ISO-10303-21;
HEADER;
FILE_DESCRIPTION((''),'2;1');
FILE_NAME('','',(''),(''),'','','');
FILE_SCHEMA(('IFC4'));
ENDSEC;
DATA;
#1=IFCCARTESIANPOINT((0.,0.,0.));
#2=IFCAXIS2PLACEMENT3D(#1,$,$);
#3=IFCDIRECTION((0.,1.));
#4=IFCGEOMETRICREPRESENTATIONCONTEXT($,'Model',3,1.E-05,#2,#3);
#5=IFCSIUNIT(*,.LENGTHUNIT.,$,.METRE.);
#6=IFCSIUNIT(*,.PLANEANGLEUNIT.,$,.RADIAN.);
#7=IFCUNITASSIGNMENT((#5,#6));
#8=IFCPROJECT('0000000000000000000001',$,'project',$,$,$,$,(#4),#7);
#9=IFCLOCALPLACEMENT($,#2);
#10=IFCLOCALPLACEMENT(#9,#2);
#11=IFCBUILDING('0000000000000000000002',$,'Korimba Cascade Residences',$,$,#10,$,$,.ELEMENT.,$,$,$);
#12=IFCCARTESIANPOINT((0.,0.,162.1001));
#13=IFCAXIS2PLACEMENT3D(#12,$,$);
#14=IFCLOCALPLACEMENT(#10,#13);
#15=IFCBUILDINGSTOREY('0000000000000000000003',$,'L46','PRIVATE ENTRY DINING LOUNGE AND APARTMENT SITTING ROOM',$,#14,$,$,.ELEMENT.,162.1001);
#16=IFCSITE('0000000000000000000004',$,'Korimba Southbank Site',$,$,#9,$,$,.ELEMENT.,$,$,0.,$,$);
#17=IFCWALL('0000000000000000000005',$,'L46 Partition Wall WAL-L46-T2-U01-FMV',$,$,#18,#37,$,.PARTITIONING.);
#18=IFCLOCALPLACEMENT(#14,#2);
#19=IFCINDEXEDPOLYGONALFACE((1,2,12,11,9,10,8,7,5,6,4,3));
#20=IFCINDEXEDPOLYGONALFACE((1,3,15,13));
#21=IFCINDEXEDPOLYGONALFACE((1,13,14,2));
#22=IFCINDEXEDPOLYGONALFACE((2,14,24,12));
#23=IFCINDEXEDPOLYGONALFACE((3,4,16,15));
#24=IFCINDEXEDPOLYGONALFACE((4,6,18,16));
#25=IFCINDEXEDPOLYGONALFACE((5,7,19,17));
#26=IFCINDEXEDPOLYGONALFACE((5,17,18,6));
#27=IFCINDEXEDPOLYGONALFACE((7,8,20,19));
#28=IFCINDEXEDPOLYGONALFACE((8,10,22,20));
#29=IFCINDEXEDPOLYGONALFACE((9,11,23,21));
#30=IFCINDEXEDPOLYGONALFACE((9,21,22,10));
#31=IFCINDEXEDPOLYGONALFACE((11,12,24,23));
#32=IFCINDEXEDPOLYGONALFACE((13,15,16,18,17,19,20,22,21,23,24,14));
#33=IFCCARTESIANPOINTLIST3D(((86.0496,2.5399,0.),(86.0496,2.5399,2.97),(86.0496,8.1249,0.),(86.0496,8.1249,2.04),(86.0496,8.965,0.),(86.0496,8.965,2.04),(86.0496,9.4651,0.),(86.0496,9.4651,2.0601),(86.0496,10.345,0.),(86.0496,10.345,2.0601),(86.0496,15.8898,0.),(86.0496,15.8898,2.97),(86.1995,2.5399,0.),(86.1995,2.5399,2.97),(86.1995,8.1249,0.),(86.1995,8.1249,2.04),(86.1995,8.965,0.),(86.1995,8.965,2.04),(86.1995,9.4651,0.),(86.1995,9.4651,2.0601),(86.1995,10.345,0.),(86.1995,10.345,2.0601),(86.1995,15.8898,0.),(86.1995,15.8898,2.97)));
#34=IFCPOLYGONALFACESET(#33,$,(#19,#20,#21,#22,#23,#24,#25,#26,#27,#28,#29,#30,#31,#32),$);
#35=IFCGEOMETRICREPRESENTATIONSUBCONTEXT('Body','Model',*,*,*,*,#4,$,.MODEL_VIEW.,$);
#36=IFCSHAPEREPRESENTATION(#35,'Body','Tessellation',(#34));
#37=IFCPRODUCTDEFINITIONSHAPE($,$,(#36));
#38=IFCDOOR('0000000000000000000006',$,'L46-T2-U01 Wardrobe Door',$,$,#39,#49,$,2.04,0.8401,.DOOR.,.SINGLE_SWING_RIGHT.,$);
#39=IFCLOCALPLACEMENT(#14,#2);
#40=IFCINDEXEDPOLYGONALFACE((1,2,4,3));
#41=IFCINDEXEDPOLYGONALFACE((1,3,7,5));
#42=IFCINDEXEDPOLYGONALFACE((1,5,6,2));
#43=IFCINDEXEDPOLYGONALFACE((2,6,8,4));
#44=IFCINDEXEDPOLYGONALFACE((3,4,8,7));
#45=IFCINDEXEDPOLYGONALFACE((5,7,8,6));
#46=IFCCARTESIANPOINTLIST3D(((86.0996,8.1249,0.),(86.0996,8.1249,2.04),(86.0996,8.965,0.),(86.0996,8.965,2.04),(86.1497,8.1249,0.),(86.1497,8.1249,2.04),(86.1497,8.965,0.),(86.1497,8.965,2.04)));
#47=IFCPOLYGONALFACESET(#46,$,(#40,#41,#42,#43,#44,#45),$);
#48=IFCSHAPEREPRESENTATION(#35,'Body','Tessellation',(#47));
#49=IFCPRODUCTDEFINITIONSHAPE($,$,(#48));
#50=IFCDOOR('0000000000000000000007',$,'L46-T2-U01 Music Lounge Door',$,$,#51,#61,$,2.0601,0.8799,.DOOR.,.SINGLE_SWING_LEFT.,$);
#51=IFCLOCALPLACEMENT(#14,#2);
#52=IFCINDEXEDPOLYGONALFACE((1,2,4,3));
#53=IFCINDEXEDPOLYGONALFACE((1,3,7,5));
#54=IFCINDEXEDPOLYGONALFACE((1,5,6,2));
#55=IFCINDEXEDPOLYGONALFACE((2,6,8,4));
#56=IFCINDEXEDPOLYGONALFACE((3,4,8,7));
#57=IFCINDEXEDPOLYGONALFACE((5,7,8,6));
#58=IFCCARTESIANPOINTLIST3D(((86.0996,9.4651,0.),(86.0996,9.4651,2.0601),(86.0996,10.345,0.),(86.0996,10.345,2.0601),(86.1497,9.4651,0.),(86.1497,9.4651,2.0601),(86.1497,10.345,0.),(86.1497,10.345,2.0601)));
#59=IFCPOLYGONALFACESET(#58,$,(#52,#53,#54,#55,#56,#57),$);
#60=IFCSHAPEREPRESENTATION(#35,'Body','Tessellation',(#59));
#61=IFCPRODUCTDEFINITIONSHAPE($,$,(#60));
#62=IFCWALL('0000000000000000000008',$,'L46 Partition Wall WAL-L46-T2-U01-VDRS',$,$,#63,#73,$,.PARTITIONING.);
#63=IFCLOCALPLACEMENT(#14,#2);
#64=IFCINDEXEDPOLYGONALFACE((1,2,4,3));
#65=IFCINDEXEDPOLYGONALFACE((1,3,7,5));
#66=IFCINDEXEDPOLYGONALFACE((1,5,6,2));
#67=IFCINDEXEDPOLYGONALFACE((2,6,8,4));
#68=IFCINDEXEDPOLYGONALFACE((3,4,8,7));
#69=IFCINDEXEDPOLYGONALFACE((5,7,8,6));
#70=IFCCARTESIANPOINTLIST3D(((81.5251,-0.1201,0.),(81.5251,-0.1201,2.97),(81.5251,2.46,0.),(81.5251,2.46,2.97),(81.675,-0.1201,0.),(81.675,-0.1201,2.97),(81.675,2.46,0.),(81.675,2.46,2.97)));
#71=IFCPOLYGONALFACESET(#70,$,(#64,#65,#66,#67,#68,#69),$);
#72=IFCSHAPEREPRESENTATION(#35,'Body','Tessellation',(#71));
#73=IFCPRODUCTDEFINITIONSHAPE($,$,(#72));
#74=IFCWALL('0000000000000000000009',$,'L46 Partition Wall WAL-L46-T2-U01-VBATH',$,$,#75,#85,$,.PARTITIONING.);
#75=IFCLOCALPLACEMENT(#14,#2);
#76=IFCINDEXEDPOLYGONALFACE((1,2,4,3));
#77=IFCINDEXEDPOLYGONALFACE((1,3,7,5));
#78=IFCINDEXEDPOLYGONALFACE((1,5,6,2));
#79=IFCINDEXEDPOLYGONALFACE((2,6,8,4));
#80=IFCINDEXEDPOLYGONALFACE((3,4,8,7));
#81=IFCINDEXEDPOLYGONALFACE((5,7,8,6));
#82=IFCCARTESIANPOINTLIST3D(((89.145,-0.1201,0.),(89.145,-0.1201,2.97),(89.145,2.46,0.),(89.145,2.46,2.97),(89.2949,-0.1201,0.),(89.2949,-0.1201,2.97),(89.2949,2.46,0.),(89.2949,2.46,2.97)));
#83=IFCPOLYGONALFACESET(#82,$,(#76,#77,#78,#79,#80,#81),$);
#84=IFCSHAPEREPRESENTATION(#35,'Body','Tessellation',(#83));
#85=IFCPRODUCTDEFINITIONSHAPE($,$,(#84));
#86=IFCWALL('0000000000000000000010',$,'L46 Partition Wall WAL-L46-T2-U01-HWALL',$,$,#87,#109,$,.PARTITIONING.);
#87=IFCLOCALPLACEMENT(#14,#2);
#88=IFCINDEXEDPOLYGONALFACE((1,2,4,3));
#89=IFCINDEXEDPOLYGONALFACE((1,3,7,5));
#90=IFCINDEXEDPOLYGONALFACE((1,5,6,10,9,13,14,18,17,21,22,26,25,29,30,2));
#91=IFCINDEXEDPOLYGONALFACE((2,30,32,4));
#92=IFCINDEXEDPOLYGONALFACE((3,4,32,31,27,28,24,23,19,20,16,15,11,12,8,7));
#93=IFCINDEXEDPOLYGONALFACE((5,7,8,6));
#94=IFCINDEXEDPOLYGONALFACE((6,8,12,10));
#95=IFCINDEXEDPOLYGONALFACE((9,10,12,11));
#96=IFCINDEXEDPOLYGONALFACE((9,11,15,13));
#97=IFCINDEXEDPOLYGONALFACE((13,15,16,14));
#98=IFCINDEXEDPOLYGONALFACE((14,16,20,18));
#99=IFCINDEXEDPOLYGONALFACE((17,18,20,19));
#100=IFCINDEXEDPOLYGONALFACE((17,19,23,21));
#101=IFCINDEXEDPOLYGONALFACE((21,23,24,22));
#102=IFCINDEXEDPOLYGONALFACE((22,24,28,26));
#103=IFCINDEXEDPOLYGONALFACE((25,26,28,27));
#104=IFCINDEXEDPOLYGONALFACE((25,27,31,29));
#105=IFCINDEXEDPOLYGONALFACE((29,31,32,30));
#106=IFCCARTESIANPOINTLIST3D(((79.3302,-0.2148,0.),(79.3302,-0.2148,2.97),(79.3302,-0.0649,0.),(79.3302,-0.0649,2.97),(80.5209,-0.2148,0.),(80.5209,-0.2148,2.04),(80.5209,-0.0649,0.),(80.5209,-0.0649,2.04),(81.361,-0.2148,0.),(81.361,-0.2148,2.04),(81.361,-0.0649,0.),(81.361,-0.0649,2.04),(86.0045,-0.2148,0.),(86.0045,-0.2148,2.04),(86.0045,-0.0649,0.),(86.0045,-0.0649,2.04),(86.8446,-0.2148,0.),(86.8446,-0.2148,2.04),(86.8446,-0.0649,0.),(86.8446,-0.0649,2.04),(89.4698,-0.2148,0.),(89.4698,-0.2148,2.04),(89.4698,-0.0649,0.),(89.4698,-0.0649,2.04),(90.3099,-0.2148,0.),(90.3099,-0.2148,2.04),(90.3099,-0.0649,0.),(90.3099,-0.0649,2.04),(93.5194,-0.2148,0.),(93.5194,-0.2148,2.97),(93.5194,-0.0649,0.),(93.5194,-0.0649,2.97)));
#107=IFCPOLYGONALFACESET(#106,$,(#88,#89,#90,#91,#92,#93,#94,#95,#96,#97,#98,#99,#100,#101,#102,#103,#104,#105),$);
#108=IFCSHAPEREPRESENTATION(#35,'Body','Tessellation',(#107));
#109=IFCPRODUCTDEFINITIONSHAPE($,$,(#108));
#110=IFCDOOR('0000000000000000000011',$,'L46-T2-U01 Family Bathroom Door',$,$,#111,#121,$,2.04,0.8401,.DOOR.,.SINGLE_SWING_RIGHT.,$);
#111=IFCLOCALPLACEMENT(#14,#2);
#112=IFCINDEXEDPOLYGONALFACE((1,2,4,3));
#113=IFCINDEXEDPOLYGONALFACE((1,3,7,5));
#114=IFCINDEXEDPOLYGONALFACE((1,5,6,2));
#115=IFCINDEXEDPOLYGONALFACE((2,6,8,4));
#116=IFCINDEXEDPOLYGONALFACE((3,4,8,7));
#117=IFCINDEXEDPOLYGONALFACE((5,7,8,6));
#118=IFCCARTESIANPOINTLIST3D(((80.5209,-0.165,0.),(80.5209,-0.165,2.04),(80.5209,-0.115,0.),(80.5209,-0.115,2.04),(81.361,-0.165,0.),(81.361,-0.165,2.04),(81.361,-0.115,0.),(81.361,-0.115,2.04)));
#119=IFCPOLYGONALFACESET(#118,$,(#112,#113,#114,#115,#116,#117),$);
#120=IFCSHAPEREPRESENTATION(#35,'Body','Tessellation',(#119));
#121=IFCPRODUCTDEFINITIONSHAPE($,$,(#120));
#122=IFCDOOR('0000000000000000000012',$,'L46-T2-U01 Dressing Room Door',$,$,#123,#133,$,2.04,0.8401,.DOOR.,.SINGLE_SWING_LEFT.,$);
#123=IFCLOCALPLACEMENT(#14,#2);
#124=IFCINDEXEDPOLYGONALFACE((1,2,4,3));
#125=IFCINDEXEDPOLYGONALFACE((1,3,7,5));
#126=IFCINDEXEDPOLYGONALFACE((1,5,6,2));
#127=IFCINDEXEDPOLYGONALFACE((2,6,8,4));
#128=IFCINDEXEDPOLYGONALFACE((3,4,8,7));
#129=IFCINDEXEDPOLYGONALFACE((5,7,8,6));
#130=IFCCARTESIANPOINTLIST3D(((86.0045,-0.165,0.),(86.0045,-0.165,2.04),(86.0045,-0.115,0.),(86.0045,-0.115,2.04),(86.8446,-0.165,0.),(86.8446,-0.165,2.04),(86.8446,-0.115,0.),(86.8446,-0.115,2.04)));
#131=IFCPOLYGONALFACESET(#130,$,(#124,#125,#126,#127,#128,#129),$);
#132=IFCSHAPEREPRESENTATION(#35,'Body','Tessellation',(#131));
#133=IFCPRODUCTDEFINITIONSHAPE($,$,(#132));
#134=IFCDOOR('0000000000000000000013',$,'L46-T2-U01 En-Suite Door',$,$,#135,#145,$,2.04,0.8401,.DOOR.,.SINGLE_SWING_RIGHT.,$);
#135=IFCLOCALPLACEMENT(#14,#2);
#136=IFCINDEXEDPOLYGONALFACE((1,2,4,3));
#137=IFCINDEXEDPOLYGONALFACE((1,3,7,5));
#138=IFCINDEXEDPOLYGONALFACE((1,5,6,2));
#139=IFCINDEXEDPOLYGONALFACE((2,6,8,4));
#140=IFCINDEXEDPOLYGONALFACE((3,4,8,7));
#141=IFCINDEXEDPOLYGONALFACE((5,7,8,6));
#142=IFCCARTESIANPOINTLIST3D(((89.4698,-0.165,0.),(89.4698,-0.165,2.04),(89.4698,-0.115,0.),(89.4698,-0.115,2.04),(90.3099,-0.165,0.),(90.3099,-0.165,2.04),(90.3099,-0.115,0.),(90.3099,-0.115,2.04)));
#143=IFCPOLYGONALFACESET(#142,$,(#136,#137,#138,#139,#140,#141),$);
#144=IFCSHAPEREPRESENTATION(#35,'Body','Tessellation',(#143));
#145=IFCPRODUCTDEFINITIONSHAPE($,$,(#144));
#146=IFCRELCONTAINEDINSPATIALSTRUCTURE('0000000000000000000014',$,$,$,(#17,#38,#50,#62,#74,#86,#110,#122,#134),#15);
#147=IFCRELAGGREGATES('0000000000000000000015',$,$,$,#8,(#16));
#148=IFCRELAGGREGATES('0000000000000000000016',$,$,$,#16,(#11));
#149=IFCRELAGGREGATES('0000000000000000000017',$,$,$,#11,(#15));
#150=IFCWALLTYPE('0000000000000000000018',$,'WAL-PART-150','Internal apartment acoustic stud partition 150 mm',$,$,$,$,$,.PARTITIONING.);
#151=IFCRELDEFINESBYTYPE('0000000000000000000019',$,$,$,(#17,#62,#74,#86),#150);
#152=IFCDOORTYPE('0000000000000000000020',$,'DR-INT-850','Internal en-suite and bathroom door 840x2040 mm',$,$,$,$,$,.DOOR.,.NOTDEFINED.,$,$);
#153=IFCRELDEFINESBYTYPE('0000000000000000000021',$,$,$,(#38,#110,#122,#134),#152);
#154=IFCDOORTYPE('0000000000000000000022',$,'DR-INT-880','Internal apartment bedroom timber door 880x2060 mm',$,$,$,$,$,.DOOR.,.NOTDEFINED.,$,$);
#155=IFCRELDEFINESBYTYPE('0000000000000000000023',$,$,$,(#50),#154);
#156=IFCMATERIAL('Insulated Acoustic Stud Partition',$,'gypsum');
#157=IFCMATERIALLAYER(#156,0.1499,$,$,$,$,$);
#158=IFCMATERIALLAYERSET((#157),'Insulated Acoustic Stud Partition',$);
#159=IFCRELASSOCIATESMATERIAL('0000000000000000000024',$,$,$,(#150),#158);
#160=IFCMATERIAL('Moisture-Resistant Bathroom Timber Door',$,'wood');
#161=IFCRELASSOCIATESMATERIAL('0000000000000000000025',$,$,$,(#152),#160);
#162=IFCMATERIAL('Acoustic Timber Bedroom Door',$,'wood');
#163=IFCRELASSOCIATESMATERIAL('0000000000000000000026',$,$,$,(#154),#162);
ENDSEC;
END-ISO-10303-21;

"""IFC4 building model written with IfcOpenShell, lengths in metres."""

from ifc_helpers import new_model, si_unit, direction, frame, frame_2d, origin, place, context, subcontext, project, spatial, rectangle, extrude, material, layer, layer_set, type_object, element, fill, save


model = new_model("IFC4")

# Units and contexts
model_context = context("Model", 3, precision=1e-05, world=origin(), true_north=direction((0.0, 1.0)))
body_context = subcontext(model_context, "Body", "Model", "MODEL_VIEW")
ifc_project = project(units=[si_unit("LENGTHUNIT", "METRE"), si_unit("PLANEANGLEUNIT", "RADIAN")], contexts=[model_context])

# Site, building, storey
site_placement = place(None, origin())
site = spatial("IfcSite", under=ifc_project, at=site_placement, Name="Korimba Southbank Site", CompositionType="ELEMENT", RefElevation=0.0)
building_placement = place(site_placement, origin())
building = spatial("IfcBuilding", under=site, at=building_placement, Name="Korimba Cascade Residences", CompositionType="ELEMENT")
storey_placement = place(building_placement, frame((0.0, 0.0, 162.1001)))
storey = spatial("IfcBuildingStorey", under=building, at=storey_placement, Name="L46", Description="PRIVATE ENTRY DINING LOUNGE AND APARTMENT SITTING ROOM", CompositionType="ELEMENT", Elevation=162.1001)

# Wall, openings, doors
ifc_material_1 = material(Name="Insulated Acoustic Stud Partition", Category="gypsum")
ifc_layer_1 = layer(ifc_material_1, 0.1499)
ifc_layer_set_1 = layer_set([ifc_layer_1], Name="Insulated Acoustic Stud Partition")
wall_type_1 = type_object("IfcWallType", Name="WAL-PART-150", Description="Internal apartment acoustic stud partition 150 mm", PredefinedType="PARTITIONING", material=ifc_layer_set_1)
wall_1_placement = place(storey_placement, frame((86.1245, 2.54, 0.0), z_axis=(0.0, 0.0, 1.0), x_axis=(0.0, 1.0, 0.0)))
wall_1 = element("IfcWall", 1, at=wall_1_placement, inside=storey, type_object=wall_type_1, Name="L46 Partition Wall WAL-L46-T2-U01-FMV", PredefinedType="PARTITIONING", context=body_context, shape_type="SweptSolid", body=[
    extrude(rectangle(XDim=13.3499, YDim=0.1499, at=frame_2d((6.6748, 0.0))), origin(), (0.0, 0.0, 1.0), 2.97),
])
opening_1_placement = place(wall_1_placement, frame((5.585, 0.0, 0.0)))
opening_1 = element("IfcOpeningElement", 2, at=opening_1_placement, cuts=wall_1, PredefinedType="OPENING", context=body_context, shape_type="SweptSolid", body=[
    extrude(rectangle(XDim=0.8401, YDim=2.04, at=frame_2d((0.4199, 1.02))), frame((0.0, 0.085, 0.0), z_axis=(0.0, -1.0, 0.0), x_axis=(1.0, 0.0, 0.0)), (0.0, 0.0, 1.0), 0.1699),
])
opening_2_placement = place(wall_1_placement, frame((6.925, 0.0, 0.0)))
opening_2 = element("IfcOpeningElement", 3, at=opening_2_placement, cuts=wall_1, PredefinedType="OPENING", context=body_context, shape_type="SweptSolid", body=[
    extrude(rectangle(XDim=0.8799, YDim=2.0601, at=frame_2d((0.4399, 1.03))), frame((0.0, 0.085, 0.0), z_axis=(0.0, -1.0, 0.0), x_axis=(1.0, 0.0, 0.0)), (0.0, 0.0, 1.0), 0.1699),
])
ifc_material_2 = material(Name="Moisture-Resistant Bathroom Timber Door", Category="wood")
door_type_1 = type_object("IfcDoorType", Name="DR-INT-850", Description="Internal en-suite and bathroom door 840x2040 mm", OperationType="NOTDEFINED", PredefinedType="DOOR", material=ifc_material_2)
door_1_placement = place(opening_1_placement, origin())
door_1 = element("IfcDoor", 4, at=door_1_placement, inside=storey, type_object=door_type_1, Name="L46-T2-U01 Wardrobe Door", OperationType="SINGLE_SWING_RIGHT", OverallHeight=2.04, OverallWidth=0.8401, PredefinedType="DOOR", context=body_context, shape_type="SweptSolid", body=[
    extrude(rectangle(XDim=0.8401, YDim=2.04, at=frame_2d((0.4199, 1.02))), frame((0.0, 0.0249, 0.0), z_axis=(0.0, -1.0, 0.0), x_axis=(1.0, 0.0, 0.0)), (0.0, 0.0, 1.0), 0.05),
])
fill(opening_1, door_1)
ifc_material_3 = material(Name="Acoustic Timber Bedroom Door", Category="wood")
door_type_2 = type_object("IfcDoorType", Name="DR-INT-880", Description="Internal apartment bedroom timber door 880x2060 mm", OperationType="NOTDEFINED", PredefinedType="DOOR", material=ifc_material_3)
door_2_placement = place(opening_2_placement, origin())
door_2 = element("IfcDoor", 5, at=door_2_placement, inside=storey, type_object=door_type_2, Name="L46-T2-U01 Music Lounge Door", OperationType="SINGLE_SWING_LEFT", OverallHeight=2.0601, OverallWidth=0.8799, PredefinedType="DOOR", context=body_context, shape_type="SweptSolid", body=[
    extrude(rectangle(XDim=0.8799, YDim=2.0601, at=frame_2d((0.4399, 1.03))), frame((0.0, 0.0249, 0.0), z_axis=(0.0, -1.0, 0.0), x_axis=(1.0, 0.0, 0.0)), (0.0, 0.0, 1.0), 0.05),
])
fill(opening_2, door_2)

# Walls
for number, where, z_axis, x_axis, name in (
    (6, (81.6001, -0.1201, 0.0), (0.0, 0.0, 1.0), (0.0, 1.0, 0.0), "L46 Partition Wall WAL-L46-T2-U01-VDRS"),
    (7, (89.22, -0.1201, 0.0), (0.0, 0.0, 1.0), (0.0, 1.0, 0.0), "L46 Partition Wall WAL-L46-T2-U01-VBATH"),
):
    element("IfcWall", number, at=place(storey_placement, frame(where, z_axis=z_axis, x_axis=x_axis)), inside=storey, type_object=wall_type_1, Name=name, PredefinedType="PARTITIONING", context=body_context, shape_type="SweptSolid", body=[
        extrude(rectangle(XDim=2.5801, YDim=0.1499, at=frame_2d((1.29, 0.0))), origin(), (0.0, 0.0, 1.0), 2.97),
    ])

# Wall, openings, doors
wall_2_placement = place(storey_placement, frame((79.3301, -0.1399, 0.0), z_axis=(0.0, 0.0, 1.0), x_axis=(1.0, 0.0, 0.0)))
wall_2 = element("IfcWall", 8, at=wall_2_placement, inside=storey, type_object=wall_type_1, Name="L46 Partition Wall WAL-L46-T2-U01-HWALL", PredefinedType="PARTITIONING", context=body_context, shape_type="SweptSolid", body=[
    extrude(rectangle(XDim=14.1892, YDim=0.1499, at=frame_2d((7.0947, 0.0))), origin(), (0.0, 0.0, 1.0), 2.97),
])
opening_3_placement = place(wall_2_placement, frame((1.1909, 0.0, 0.0)))
opening_3 = element("IfcOpeningElement", 9, at=opening_3_placement, cuts=wall_2, PredefinedType="OPENING", context=body_context, shape_type="SweptSolid", body=[
    extrude(rectangle(XDim=0.8401, YDim=2.04, at=frame_2d((0.4199, 1.02))), frame((0.0, 0.085, 0.0), z_axis=(0.0, -1.0, 0.0), x_axis=(1.0, 0.0, 0.0)), (0.0, 0.0, 1.0), 0.1699),
])
opening_4_placement = place(wall_2_placement, frame((6.6746, 0.0, 0.0)))
opening_4 = element("IfcOpeningElement", 10, at=opening_4_placement, cuts=wall_2, PredefinedType="OPENING", context=body_context, shape_type="SweptSolid", body=[
    extrude(rectangle(XDim=0.8401, YDim=2.04, at=frame_2d((0.4199, 1.02))), frame((0.0, 0.085, 0.0), z_axis=(0.0, -1.0, 0.0), x_axis=(1.0, 0.0, 0.0)), (0.0, 0.0, 1.0), 0.1699),
])
opening_5_placement = place(wall_2_placement, frame((10.1399, 0.0, 0.0)))
opening_5 = element("IfcOpeningElement", 11, at=opening_5_placement, cuts=wall_2, PredefinedType="OPENING", context=body_context, shape_type="SweptSolid", body=[
    extrude(rectangle(XDim=0.8401, YDim=2.04, at=frame_2d((0.4199, 1.02))), frame((0.0, 0.085, 0.0), z_axis=(0.0, -1.0, 0.0), x_axis=(1.0, 0.0, 0.0)), (0.0, 0.0, 1.0), 0.1699),
])
door_3_placement = place(opening_3_placement, origin())
door_3 = element("IfcDoor", 12, at=door_3_placement, inside=storey, type_object=door_type_1, Name="L46-T2-U01 Family Bathroom Door", OperationType="SINGLE_SWING_RIGHT", OverallHeight=2.04, OverallWidth=0.8401, PredefinedType="DOOR", context=body_context, shape_type="SweptSolid", body=[
    extrude(rectangle(XDim=0.8401, YDim=2.04, at=frame_2d((0.4199, 1.02))), frame((0.0, 0.0249, 0.0), z_axis=(0.0, -1.0, 0.0), x_axis=(1.0, 0.0, 0.0)), (0.0, 0.0, 1.0), 0.05),
])
fill(opening_3, door_3)
door_4_placement = place(opening_4_placement, origin())
door_4 = element("IfcDoor", 13, at=door_4_placement, inside=storey, type_object=door_type_1, Name="L46-T2-U01 Dressing Room Door", OperationType="SINGLE_SWING_LEFT", OverallHeight=2.04, OverallWidth=0.8401, PredefinedType="DOOR", context=body_context, shape_type="SweptSolid", body=[
    extrude(rectangle(XDim=0.8401, YDim=2.04, at=frame_2d((0.4199, 1.02))), frame((0.0, 0.0249, 0.0), z_axis=(0.0, -1.0, 0.0), x_axis=(1.0, 0.0, 0.0)), (0.0, 0.0, 1.0), 0.05),
])
fill(opening_4, door_4)
door_5_placement = place(opening_5_placement, origin())
door_5 = element("IfcDoor", 14, at=door_5_placement, inside=storey, type_object=door_type_1, Name="L46-T2-U01 En-Suite Door", OperationType="SINGLE_SWING_RIGHT", OverallHeight=2.04, OverallWidth=0.8401, PredefinedType="DOOR", context=body_context, shape_type="SweptSolid", body=[
    extrude(rectangle(XDim=0.8401, YDim=2.04, at=frame_2d((0.4199, 1.02))), frame((0.0, 0.0249, 0.0), z_axis=(0.0, -1.0, 0.0), x_axis=(1.0, 0.0, 0.0)), (0.0, 0.0, 1.0), 0.05),
])
fill(opening_5, door_5)

save(model, "model.ifc")
